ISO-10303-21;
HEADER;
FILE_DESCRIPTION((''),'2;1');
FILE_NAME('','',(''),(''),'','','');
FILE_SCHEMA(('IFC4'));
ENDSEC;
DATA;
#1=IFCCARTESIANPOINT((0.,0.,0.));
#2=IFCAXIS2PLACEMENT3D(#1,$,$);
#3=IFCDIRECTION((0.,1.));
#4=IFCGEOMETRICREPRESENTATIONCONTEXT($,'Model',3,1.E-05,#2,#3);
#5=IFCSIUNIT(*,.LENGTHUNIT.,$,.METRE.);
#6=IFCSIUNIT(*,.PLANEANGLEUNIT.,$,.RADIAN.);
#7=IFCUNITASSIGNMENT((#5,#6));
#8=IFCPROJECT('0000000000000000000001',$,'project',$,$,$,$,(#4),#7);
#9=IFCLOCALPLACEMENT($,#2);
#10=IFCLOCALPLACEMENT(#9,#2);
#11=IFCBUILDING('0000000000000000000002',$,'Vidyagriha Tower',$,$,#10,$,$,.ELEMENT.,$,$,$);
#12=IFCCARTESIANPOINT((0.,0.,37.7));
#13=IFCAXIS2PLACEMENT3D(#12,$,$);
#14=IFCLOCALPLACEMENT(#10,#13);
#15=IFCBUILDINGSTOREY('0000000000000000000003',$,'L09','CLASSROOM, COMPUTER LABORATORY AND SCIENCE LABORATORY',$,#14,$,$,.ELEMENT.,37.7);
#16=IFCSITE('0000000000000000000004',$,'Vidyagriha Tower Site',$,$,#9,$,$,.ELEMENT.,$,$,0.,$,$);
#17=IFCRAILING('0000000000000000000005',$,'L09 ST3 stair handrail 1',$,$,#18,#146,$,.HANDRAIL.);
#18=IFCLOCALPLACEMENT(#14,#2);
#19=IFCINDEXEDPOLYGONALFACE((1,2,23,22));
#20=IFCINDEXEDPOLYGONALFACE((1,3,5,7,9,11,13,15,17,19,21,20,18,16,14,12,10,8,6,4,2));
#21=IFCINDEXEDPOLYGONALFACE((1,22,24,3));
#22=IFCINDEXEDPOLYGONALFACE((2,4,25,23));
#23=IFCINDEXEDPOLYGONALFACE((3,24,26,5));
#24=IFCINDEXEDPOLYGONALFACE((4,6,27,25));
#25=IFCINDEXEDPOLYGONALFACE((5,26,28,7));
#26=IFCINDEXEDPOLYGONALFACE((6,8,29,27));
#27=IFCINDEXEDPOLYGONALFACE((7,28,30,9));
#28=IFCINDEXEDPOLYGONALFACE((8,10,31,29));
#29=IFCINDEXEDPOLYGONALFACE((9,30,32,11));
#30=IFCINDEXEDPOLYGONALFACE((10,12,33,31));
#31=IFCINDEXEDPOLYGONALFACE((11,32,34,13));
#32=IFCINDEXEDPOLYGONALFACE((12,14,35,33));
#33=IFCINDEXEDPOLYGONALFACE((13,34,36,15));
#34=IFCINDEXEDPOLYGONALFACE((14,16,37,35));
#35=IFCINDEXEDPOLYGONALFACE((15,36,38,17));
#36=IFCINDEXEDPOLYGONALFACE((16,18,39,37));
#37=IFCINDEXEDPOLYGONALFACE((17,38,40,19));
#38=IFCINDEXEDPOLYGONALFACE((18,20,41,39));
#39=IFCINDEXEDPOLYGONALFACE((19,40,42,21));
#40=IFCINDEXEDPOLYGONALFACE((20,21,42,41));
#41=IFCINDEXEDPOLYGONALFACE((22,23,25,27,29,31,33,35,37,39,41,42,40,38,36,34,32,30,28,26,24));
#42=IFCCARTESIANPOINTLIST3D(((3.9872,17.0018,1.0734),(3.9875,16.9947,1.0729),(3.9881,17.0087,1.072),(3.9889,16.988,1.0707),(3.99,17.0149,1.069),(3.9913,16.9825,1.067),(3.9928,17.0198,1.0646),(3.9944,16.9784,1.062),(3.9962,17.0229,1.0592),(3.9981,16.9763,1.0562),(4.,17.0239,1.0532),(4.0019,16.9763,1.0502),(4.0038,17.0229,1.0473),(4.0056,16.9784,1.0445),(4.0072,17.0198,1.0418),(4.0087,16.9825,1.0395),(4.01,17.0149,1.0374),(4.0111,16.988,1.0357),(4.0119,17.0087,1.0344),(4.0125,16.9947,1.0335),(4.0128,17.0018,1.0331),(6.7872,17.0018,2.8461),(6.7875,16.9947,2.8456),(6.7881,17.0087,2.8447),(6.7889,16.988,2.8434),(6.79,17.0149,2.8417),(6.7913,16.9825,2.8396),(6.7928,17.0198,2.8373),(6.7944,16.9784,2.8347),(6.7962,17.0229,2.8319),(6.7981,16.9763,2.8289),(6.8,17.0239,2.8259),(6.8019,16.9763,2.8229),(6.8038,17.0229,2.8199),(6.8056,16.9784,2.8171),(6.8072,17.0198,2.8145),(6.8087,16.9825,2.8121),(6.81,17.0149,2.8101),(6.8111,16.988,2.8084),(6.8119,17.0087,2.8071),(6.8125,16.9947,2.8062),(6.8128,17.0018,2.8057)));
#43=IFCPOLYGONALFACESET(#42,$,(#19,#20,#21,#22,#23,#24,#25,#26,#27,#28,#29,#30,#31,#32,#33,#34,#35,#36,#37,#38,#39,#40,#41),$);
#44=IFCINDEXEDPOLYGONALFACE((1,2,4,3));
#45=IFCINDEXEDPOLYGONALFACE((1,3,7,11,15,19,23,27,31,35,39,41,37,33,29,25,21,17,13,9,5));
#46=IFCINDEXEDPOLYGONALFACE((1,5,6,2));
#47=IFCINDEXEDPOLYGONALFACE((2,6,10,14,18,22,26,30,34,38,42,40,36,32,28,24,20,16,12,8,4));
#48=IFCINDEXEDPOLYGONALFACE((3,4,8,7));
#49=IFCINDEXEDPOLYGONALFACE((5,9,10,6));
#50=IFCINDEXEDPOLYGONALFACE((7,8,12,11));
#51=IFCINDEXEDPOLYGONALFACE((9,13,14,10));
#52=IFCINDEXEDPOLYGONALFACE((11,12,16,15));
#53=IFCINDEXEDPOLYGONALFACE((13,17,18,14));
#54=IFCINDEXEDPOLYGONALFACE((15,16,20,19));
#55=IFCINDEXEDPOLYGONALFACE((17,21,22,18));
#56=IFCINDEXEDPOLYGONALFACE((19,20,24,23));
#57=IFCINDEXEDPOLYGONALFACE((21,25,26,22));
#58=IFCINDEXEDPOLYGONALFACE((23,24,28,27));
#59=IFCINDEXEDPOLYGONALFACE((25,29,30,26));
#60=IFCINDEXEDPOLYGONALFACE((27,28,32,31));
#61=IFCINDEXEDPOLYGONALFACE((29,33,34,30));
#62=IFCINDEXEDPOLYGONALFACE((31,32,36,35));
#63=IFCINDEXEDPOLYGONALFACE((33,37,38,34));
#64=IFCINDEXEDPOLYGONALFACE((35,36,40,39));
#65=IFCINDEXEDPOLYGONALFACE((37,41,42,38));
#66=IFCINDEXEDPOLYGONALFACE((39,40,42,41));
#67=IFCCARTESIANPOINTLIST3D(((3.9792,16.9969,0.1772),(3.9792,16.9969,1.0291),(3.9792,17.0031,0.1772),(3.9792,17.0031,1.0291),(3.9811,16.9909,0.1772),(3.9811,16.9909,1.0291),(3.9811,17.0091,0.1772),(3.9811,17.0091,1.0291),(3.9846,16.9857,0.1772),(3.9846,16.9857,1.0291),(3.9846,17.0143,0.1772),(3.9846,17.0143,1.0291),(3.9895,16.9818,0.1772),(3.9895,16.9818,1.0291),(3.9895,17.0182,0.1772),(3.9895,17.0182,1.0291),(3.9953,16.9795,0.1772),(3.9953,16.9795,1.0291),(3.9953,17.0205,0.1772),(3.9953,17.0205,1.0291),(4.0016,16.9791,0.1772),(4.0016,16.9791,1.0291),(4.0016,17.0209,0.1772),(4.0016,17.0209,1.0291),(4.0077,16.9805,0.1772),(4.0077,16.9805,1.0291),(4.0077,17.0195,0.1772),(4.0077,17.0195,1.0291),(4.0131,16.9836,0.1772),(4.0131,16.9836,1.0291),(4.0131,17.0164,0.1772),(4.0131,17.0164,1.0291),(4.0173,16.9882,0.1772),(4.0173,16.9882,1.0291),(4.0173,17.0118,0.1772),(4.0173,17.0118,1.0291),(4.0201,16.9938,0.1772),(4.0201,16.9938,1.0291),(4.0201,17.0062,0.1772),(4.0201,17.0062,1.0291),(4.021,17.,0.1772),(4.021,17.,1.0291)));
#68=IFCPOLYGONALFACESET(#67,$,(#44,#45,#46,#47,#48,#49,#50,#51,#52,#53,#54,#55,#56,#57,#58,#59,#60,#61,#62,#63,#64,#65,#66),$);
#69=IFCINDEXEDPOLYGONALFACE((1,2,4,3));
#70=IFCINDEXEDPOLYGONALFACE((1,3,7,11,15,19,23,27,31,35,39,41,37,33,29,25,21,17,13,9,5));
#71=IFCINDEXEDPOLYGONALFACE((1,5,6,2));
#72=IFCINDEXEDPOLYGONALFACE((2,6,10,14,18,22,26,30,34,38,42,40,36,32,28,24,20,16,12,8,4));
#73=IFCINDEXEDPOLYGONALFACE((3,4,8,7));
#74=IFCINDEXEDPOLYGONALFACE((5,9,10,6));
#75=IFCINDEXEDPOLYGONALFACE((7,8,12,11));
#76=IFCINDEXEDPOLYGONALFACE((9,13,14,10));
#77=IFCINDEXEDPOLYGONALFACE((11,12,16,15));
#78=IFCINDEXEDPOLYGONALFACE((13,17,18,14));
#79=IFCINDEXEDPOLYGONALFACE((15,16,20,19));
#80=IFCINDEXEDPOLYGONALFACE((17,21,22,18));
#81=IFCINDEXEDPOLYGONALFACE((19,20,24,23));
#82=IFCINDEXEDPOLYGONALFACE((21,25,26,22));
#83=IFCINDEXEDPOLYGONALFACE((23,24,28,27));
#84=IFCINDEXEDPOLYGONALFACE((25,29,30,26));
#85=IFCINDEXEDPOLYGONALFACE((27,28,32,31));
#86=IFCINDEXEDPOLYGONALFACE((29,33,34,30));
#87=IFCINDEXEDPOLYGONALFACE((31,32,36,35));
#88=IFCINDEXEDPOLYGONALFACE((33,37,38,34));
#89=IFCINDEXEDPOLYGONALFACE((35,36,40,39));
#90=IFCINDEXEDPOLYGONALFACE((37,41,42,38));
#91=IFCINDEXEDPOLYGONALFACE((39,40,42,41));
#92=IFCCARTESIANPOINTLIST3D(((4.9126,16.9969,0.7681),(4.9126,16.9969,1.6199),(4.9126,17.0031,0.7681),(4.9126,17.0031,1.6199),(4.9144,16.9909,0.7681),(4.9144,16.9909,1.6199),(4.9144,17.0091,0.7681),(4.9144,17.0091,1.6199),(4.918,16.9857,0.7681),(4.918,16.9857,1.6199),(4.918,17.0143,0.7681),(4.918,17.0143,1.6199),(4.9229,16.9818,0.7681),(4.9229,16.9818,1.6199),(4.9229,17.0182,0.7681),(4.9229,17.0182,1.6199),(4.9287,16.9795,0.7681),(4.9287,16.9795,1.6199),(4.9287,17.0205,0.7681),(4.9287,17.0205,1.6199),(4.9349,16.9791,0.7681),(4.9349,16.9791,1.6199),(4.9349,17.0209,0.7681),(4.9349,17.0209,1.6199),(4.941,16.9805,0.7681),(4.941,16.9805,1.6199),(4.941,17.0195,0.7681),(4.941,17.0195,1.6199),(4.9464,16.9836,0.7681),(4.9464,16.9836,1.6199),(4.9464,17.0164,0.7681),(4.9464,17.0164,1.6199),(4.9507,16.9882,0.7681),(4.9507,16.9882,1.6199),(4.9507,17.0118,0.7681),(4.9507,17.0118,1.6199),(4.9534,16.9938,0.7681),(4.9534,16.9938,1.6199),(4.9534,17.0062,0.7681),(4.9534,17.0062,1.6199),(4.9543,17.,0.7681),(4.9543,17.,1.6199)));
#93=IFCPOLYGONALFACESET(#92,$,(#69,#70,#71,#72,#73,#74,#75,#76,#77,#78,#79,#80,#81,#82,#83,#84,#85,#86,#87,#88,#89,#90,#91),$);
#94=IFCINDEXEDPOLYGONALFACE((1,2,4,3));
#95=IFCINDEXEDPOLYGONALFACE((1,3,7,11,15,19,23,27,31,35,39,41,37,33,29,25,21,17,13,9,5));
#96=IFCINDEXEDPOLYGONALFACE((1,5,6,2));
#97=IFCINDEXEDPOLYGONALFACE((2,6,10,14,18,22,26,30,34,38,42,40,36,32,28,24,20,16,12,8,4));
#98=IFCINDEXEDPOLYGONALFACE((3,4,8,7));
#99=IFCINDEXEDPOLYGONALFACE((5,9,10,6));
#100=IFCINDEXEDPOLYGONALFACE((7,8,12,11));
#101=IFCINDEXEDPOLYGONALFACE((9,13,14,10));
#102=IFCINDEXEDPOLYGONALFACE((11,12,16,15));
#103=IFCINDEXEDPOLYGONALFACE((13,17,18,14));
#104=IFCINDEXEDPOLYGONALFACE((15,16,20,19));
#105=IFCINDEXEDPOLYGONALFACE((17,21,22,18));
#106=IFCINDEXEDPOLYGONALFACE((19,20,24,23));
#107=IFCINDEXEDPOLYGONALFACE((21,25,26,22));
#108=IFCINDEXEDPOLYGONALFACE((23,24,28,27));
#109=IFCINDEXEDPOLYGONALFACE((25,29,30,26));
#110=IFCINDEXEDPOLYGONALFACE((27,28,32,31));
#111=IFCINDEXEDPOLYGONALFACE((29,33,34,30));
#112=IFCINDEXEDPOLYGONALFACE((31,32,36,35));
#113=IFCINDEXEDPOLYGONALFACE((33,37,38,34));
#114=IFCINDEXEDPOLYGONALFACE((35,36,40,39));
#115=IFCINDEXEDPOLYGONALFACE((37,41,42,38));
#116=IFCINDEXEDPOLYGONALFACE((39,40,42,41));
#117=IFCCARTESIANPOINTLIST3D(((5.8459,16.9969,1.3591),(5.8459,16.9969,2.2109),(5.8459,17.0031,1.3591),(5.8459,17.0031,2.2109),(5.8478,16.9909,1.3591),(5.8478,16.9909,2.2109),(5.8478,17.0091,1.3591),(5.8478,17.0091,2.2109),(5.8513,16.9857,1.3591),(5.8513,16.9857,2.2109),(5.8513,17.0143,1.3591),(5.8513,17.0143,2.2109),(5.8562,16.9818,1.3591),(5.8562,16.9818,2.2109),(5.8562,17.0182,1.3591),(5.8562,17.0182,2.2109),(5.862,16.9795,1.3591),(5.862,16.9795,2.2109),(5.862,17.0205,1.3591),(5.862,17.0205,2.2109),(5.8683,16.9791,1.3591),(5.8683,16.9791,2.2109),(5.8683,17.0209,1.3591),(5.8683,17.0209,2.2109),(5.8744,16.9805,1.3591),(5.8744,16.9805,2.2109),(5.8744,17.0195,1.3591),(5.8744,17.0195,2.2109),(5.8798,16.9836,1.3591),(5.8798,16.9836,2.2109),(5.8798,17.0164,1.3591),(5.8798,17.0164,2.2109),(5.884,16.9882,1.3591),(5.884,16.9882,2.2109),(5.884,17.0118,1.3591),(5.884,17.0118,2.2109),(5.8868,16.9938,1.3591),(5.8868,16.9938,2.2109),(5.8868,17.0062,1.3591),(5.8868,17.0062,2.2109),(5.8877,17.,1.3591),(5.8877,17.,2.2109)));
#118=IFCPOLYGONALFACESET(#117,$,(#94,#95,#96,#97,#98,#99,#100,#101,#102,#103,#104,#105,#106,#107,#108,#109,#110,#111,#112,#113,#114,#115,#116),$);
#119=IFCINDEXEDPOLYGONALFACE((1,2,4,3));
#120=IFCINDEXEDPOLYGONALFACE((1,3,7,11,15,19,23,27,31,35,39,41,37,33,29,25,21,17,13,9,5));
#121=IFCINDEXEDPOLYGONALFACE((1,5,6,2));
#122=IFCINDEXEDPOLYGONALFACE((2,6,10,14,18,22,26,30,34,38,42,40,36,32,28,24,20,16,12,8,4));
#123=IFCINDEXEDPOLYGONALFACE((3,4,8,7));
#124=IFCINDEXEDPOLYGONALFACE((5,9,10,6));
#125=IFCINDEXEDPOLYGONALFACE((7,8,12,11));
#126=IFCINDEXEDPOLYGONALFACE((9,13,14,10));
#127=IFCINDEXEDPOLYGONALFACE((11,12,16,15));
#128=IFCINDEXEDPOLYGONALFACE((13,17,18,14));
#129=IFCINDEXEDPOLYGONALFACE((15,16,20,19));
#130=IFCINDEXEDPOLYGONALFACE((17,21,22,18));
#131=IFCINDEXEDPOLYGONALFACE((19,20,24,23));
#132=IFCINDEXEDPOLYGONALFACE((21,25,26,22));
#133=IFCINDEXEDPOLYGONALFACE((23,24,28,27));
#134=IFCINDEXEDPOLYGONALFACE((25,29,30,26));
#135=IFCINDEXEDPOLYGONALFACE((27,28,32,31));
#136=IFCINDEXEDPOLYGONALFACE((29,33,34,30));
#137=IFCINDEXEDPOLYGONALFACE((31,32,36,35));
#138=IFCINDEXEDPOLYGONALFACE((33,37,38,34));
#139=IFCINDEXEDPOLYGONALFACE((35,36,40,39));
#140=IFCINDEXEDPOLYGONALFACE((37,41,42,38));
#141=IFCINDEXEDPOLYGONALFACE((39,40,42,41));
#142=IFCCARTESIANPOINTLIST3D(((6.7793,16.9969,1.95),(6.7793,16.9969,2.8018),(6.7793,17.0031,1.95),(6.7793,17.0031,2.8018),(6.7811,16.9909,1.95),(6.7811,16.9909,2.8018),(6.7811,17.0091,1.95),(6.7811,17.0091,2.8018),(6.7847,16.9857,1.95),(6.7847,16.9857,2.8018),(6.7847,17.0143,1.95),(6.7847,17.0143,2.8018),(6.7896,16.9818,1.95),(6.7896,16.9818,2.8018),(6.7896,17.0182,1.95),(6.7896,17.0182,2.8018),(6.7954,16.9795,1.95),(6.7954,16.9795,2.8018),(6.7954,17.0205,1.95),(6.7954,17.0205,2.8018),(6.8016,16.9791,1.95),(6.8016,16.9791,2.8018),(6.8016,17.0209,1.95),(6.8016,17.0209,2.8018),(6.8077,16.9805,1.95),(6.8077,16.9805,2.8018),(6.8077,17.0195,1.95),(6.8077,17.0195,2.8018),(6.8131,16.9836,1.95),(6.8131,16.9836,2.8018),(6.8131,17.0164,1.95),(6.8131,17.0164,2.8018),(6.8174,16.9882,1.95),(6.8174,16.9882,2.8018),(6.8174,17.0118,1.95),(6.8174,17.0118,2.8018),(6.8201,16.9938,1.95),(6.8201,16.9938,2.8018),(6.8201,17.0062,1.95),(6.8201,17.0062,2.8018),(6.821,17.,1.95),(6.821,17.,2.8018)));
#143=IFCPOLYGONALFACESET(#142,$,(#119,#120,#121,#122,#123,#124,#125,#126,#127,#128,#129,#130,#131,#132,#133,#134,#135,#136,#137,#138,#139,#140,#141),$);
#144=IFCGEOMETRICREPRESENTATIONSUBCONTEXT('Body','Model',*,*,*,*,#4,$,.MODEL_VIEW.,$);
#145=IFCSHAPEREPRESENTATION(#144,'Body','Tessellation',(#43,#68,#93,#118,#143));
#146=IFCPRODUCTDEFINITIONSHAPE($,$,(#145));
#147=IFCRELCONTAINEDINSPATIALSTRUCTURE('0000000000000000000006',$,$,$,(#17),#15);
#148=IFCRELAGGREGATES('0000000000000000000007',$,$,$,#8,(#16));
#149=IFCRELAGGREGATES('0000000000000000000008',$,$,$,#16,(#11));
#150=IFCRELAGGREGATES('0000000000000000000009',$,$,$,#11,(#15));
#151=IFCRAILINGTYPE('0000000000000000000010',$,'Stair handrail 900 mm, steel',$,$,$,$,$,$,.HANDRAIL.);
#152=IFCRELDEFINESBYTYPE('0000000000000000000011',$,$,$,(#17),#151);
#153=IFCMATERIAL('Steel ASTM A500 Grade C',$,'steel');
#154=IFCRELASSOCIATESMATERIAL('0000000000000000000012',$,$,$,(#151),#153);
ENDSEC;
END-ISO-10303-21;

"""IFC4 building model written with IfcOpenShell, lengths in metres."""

from ifc_helpers import new_model, si_unit, direction, frame, origin, origin_2d, place, context, subcontext, project, spatial, circle, extrude, material, type_object, element, save


model = new_model("IFC4")

# Units and contexts
model_context = context("Model", 3, precision=1e-05, world=origin(), true_north=direction((0.0, 1.0)))
body_context = subcontext(model_context, "Body", "Model", "MODEL_VIEW")
ifc_project = project(units=[si_unit("LENGTHUNIT", "METRE"), si_unit("PLANEANGLEUNIT", "RADIAN")], contexts=[model_context])

# Site, building, storey
site_placement = place(None, origin())
site = spatial("IfcSite", under=ifc_project, at=site_placement, Name="Vidyagriha Tower Site", CompositionType="ELEMENT", RefElevation=0.0)
building_placement = place(site_placement, origin())
building = spatial("IfcBuilding", under=site, at=building_placement, Name="Vidyagriha Tower", CompositionType="ELEMENT")
storey_placement = place(building_placement, frame((0.0, 0.0, 37.7)))
storey = spatial("IfcBuildingStorey", under=building, at=storey_placement, Name="L09", Description="CLASSROOM, COMPUTER LABORATORY AND SCIENCE LABORATORY", CompositionType="ELEMENT", Elevation=37.7)

# Railing
ifc_material_1 = material(Name="Steel ASTM A500 Grade C", Category="steel")
railing_type_1 = type_object("IfcRailingType", Name="Stair handrail 900 mm, steel", PredefinedType="HANDRAIL", material=ifc_material_1)
railing_1_placement = place(storey_placement, frame((4.0, 17.0, 0.1772)))
element("IfcRailing", 1, at=railing_1_placement, inside=storey, type_object=railing_type_1, Name="L09 ST3 stair handrail 1", PredefinedType="HANDRAIL", context=body_context, shape_type="SweptSolid", body=[
    extrude(circle(Radius=0.0239, at=origin_2d()), frame((0.0, 0.0, 0.876), z_axis=(0.844909, 0.0, 0.53491), x_axis=(0.0, 1.0, 0.0)), (0.0, 0.0, 1.0), 3.314),
    extrude(circle(Radius=0.021, at=origin_2d()), origin(), (0.0, 0.0, 1.0), 0.8518),
    extrude(circle(Radius=0.021, at=origin_2d()), frame((0.9333, 0.0, 0.5908)), (0.0, 0.0, 1.0), 0.8518),
    extrude(circle(Radius=0.021, at=origin_2d()), frame((1.8667, 0.0, 1.1819)), (0.0, 0.0, 1.0), 0.8518),
    extrude(circle(Radius=0.021, at=origin_2d()), frame((2.8, 0.0, 1.7727)), (0.0, 0.0, 1.0), 0.8518),
])

save(model, "model.ifc")
